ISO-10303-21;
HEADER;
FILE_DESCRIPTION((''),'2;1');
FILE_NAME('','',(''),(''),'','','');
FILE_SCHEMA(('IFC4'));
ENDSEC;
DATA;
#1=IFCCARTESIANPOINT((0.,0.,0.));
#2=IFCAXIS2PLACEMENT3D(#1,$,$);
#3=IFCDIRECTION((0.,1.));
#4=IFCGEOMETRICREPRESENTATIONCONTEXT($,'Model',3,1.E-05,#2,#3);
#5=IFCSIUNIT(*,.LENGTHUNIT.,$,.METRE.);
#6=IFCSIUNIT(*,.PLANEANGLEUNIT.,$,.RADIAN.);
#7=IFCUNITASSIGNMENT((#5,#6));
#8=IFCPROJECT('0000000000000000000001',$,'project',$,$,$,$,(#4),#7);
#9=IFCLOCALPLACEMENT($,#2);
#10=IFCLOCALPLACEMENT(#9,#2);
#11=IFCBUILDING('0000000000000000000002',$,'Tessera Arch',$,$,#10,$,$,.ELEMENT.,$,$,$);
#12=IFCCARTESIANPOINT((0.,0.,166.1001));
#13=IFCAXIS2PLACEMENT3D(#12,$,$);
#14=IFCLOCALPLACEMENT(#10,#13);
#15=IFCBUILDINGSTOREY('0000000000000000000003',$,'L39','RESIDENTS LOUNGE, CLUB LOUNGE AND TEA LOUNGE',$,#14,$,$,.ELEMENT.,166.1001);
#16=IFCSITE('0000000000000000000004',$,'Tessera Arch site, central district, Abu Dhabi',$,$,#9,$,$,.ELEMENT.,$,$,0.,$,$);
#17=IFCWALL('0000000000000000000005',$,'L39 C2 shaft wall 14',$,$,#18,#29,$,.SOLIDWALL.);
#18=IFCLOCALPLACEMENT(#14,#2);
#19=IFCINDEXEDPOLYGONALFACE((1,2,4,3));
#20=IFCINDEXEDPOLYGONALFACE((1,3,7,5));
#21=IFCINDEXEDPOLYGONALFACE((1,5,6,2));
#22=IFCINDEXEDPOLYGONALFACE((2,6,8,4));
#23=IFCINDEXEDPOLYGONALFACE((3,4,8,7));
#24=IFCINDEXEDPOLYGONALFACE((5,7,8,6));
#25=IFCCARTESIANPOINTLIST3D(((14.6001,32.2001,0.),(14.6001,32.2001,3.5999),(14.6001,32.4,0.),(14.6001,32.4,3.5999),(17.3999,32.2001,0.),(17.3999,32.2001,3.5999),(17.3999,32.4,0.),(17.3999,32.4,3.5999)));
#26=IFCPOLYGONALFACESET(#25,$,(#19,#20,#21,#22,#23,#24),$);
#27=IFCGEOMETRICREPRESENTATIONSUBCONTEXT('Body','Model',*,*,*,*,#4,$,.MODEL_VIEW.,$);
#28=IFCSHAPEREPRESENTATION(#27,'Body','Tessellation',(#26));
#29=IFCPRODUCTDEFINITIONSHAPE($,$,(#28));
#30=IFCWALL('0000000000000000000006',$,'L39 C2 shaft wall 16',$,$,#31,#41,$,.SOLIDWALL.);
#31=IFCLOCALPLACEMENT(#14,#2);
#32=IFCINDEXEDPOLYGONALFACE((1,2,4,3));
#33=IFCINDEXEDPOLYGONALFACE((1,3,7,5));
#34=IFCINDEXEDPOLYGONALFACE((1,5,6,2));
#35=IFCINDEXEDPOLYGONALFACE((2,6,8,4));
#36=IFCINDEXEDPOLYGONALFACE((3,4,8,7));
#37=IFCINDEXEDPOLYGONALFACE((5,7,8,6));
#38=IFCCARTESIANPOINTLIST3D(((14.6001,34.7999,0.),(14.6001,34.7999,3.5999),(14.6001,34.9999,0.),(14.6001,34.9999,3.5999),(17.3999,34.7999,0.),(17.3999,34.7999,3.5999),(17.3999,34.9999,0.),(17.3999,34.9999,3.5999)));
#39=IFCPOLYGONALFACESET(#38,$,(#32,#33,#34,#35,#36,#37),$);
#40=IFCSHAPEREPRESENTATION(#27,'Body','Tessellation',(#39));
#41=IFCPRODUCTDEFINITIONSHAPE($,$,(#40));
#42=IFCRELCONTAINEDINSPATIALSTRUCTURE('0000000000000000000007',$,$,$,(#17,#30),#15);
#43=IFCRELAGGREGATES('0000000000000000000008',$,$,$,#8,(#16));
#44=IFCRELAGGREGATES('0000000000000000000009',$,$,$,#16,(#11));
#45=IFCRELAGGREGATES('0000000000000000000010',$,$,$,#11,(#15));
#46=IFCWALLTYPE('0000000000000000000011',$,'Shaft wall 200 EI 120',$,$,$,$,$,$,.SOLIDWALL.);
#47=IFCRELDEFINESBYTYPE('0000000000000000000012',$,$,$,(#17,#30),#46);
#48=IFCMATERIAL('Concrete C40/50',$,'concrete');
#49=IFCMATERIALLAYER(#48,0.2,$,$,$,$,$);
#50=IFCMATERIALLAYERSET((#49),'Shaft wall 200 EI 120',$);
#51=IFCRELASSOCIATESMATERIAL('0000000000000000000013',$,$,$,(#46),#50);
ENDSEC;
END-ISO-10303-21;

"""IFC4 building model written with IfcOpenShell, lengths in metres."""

from ifc_helpers import new_model, si_unit, direction, frame, frame_2d, origin, place, context, subcontext, project, spatial, rectangle, extrude, material, layer, layer_set, type_object, element, save


model = new_model("IFC4")

# Units and contexts
model_context = context("Model", 3, precision=1e-05, world=origin(), true_north=direction((0.0, 1.0)))
body_context = subcontext(model_context, "Body", "Model", "MODEL_VIEW")
ifc_project = project(units=[si_unit("LENGTHUNIT", "METRE"), si_unit("PLANEANGLEUNIT", "RADIAN")], contexts=[model_context])

# Site, building, storey
site_placement = place(None, origin())
site = spatial("IfcSite", under=ifc_project, at=site_placement, Name="Tessera Arch site, central district, Abu Dhabi", CompositionType="ELEMENT", RefElevation=0.0)
building_placement = place(site_placement, origin())
building = spatial("IfcBuilding", under=site, at=building_placement, Name="Tessera Arch", CompositionType="ELEMENT")
storey_placement = place(building_placement, frame((0.0, 0.0, 166.1001)))
storey = spatial("IfcBuildingStorey", under=building, at=storey_placement, Name="L39", Description="RESIDENTS LOUNGE, CLUB LOUNGE AND TEA LOUNGE", CompositionType="ELEMENT", Elevation=166.1001)

# Walls
ifc_material_1 = material(Name="Concrete C40/50", Category="concrete")
ifc_layer_1 = layer(ifc_material_1, 0.2)
ifc_layer_set_1 = layer_set([ifc_layer_1], Name="Shaft wall 200 EI 120")
wall_type_1 = type_object("IfcWallType", Name="Shaft wall 200 EI 120", PredefinedType="SOLIDWALL", material=ifc_layer_set_1)
for number, where, z_axis, x_axis, name in (
    (1, (14.6001, 32.3, 0.0), (0.0, 0.0, 1.0), (1.0, 0.0, 0.0), "L39 C2 shaft wall 14"),
    (2, (14.6001, 34.8999, 0.0), (0.0, 0.0, 1.0), (1.0, 0.0, 0.0), "L39 C2 shaft wall 16"),
):
    element("IfcWall", number, at=place(storey_placement, frame(where, z_axis=z_axis, x_axis=x_axis)), inside=storey, type_object=wall_type_1, Name=name, PredefinedType="SOLIDWALL", context=body_context, shape_type="SweptSolid", body=[
        extrude(rectangle(XDim=2.7998, YDim=0.2, at=frame_2d((1.3999, 0.0))), origin(), (0.0, 0.0, 1.0), 3.5999),
    ])

save(model, "model.ifc")
